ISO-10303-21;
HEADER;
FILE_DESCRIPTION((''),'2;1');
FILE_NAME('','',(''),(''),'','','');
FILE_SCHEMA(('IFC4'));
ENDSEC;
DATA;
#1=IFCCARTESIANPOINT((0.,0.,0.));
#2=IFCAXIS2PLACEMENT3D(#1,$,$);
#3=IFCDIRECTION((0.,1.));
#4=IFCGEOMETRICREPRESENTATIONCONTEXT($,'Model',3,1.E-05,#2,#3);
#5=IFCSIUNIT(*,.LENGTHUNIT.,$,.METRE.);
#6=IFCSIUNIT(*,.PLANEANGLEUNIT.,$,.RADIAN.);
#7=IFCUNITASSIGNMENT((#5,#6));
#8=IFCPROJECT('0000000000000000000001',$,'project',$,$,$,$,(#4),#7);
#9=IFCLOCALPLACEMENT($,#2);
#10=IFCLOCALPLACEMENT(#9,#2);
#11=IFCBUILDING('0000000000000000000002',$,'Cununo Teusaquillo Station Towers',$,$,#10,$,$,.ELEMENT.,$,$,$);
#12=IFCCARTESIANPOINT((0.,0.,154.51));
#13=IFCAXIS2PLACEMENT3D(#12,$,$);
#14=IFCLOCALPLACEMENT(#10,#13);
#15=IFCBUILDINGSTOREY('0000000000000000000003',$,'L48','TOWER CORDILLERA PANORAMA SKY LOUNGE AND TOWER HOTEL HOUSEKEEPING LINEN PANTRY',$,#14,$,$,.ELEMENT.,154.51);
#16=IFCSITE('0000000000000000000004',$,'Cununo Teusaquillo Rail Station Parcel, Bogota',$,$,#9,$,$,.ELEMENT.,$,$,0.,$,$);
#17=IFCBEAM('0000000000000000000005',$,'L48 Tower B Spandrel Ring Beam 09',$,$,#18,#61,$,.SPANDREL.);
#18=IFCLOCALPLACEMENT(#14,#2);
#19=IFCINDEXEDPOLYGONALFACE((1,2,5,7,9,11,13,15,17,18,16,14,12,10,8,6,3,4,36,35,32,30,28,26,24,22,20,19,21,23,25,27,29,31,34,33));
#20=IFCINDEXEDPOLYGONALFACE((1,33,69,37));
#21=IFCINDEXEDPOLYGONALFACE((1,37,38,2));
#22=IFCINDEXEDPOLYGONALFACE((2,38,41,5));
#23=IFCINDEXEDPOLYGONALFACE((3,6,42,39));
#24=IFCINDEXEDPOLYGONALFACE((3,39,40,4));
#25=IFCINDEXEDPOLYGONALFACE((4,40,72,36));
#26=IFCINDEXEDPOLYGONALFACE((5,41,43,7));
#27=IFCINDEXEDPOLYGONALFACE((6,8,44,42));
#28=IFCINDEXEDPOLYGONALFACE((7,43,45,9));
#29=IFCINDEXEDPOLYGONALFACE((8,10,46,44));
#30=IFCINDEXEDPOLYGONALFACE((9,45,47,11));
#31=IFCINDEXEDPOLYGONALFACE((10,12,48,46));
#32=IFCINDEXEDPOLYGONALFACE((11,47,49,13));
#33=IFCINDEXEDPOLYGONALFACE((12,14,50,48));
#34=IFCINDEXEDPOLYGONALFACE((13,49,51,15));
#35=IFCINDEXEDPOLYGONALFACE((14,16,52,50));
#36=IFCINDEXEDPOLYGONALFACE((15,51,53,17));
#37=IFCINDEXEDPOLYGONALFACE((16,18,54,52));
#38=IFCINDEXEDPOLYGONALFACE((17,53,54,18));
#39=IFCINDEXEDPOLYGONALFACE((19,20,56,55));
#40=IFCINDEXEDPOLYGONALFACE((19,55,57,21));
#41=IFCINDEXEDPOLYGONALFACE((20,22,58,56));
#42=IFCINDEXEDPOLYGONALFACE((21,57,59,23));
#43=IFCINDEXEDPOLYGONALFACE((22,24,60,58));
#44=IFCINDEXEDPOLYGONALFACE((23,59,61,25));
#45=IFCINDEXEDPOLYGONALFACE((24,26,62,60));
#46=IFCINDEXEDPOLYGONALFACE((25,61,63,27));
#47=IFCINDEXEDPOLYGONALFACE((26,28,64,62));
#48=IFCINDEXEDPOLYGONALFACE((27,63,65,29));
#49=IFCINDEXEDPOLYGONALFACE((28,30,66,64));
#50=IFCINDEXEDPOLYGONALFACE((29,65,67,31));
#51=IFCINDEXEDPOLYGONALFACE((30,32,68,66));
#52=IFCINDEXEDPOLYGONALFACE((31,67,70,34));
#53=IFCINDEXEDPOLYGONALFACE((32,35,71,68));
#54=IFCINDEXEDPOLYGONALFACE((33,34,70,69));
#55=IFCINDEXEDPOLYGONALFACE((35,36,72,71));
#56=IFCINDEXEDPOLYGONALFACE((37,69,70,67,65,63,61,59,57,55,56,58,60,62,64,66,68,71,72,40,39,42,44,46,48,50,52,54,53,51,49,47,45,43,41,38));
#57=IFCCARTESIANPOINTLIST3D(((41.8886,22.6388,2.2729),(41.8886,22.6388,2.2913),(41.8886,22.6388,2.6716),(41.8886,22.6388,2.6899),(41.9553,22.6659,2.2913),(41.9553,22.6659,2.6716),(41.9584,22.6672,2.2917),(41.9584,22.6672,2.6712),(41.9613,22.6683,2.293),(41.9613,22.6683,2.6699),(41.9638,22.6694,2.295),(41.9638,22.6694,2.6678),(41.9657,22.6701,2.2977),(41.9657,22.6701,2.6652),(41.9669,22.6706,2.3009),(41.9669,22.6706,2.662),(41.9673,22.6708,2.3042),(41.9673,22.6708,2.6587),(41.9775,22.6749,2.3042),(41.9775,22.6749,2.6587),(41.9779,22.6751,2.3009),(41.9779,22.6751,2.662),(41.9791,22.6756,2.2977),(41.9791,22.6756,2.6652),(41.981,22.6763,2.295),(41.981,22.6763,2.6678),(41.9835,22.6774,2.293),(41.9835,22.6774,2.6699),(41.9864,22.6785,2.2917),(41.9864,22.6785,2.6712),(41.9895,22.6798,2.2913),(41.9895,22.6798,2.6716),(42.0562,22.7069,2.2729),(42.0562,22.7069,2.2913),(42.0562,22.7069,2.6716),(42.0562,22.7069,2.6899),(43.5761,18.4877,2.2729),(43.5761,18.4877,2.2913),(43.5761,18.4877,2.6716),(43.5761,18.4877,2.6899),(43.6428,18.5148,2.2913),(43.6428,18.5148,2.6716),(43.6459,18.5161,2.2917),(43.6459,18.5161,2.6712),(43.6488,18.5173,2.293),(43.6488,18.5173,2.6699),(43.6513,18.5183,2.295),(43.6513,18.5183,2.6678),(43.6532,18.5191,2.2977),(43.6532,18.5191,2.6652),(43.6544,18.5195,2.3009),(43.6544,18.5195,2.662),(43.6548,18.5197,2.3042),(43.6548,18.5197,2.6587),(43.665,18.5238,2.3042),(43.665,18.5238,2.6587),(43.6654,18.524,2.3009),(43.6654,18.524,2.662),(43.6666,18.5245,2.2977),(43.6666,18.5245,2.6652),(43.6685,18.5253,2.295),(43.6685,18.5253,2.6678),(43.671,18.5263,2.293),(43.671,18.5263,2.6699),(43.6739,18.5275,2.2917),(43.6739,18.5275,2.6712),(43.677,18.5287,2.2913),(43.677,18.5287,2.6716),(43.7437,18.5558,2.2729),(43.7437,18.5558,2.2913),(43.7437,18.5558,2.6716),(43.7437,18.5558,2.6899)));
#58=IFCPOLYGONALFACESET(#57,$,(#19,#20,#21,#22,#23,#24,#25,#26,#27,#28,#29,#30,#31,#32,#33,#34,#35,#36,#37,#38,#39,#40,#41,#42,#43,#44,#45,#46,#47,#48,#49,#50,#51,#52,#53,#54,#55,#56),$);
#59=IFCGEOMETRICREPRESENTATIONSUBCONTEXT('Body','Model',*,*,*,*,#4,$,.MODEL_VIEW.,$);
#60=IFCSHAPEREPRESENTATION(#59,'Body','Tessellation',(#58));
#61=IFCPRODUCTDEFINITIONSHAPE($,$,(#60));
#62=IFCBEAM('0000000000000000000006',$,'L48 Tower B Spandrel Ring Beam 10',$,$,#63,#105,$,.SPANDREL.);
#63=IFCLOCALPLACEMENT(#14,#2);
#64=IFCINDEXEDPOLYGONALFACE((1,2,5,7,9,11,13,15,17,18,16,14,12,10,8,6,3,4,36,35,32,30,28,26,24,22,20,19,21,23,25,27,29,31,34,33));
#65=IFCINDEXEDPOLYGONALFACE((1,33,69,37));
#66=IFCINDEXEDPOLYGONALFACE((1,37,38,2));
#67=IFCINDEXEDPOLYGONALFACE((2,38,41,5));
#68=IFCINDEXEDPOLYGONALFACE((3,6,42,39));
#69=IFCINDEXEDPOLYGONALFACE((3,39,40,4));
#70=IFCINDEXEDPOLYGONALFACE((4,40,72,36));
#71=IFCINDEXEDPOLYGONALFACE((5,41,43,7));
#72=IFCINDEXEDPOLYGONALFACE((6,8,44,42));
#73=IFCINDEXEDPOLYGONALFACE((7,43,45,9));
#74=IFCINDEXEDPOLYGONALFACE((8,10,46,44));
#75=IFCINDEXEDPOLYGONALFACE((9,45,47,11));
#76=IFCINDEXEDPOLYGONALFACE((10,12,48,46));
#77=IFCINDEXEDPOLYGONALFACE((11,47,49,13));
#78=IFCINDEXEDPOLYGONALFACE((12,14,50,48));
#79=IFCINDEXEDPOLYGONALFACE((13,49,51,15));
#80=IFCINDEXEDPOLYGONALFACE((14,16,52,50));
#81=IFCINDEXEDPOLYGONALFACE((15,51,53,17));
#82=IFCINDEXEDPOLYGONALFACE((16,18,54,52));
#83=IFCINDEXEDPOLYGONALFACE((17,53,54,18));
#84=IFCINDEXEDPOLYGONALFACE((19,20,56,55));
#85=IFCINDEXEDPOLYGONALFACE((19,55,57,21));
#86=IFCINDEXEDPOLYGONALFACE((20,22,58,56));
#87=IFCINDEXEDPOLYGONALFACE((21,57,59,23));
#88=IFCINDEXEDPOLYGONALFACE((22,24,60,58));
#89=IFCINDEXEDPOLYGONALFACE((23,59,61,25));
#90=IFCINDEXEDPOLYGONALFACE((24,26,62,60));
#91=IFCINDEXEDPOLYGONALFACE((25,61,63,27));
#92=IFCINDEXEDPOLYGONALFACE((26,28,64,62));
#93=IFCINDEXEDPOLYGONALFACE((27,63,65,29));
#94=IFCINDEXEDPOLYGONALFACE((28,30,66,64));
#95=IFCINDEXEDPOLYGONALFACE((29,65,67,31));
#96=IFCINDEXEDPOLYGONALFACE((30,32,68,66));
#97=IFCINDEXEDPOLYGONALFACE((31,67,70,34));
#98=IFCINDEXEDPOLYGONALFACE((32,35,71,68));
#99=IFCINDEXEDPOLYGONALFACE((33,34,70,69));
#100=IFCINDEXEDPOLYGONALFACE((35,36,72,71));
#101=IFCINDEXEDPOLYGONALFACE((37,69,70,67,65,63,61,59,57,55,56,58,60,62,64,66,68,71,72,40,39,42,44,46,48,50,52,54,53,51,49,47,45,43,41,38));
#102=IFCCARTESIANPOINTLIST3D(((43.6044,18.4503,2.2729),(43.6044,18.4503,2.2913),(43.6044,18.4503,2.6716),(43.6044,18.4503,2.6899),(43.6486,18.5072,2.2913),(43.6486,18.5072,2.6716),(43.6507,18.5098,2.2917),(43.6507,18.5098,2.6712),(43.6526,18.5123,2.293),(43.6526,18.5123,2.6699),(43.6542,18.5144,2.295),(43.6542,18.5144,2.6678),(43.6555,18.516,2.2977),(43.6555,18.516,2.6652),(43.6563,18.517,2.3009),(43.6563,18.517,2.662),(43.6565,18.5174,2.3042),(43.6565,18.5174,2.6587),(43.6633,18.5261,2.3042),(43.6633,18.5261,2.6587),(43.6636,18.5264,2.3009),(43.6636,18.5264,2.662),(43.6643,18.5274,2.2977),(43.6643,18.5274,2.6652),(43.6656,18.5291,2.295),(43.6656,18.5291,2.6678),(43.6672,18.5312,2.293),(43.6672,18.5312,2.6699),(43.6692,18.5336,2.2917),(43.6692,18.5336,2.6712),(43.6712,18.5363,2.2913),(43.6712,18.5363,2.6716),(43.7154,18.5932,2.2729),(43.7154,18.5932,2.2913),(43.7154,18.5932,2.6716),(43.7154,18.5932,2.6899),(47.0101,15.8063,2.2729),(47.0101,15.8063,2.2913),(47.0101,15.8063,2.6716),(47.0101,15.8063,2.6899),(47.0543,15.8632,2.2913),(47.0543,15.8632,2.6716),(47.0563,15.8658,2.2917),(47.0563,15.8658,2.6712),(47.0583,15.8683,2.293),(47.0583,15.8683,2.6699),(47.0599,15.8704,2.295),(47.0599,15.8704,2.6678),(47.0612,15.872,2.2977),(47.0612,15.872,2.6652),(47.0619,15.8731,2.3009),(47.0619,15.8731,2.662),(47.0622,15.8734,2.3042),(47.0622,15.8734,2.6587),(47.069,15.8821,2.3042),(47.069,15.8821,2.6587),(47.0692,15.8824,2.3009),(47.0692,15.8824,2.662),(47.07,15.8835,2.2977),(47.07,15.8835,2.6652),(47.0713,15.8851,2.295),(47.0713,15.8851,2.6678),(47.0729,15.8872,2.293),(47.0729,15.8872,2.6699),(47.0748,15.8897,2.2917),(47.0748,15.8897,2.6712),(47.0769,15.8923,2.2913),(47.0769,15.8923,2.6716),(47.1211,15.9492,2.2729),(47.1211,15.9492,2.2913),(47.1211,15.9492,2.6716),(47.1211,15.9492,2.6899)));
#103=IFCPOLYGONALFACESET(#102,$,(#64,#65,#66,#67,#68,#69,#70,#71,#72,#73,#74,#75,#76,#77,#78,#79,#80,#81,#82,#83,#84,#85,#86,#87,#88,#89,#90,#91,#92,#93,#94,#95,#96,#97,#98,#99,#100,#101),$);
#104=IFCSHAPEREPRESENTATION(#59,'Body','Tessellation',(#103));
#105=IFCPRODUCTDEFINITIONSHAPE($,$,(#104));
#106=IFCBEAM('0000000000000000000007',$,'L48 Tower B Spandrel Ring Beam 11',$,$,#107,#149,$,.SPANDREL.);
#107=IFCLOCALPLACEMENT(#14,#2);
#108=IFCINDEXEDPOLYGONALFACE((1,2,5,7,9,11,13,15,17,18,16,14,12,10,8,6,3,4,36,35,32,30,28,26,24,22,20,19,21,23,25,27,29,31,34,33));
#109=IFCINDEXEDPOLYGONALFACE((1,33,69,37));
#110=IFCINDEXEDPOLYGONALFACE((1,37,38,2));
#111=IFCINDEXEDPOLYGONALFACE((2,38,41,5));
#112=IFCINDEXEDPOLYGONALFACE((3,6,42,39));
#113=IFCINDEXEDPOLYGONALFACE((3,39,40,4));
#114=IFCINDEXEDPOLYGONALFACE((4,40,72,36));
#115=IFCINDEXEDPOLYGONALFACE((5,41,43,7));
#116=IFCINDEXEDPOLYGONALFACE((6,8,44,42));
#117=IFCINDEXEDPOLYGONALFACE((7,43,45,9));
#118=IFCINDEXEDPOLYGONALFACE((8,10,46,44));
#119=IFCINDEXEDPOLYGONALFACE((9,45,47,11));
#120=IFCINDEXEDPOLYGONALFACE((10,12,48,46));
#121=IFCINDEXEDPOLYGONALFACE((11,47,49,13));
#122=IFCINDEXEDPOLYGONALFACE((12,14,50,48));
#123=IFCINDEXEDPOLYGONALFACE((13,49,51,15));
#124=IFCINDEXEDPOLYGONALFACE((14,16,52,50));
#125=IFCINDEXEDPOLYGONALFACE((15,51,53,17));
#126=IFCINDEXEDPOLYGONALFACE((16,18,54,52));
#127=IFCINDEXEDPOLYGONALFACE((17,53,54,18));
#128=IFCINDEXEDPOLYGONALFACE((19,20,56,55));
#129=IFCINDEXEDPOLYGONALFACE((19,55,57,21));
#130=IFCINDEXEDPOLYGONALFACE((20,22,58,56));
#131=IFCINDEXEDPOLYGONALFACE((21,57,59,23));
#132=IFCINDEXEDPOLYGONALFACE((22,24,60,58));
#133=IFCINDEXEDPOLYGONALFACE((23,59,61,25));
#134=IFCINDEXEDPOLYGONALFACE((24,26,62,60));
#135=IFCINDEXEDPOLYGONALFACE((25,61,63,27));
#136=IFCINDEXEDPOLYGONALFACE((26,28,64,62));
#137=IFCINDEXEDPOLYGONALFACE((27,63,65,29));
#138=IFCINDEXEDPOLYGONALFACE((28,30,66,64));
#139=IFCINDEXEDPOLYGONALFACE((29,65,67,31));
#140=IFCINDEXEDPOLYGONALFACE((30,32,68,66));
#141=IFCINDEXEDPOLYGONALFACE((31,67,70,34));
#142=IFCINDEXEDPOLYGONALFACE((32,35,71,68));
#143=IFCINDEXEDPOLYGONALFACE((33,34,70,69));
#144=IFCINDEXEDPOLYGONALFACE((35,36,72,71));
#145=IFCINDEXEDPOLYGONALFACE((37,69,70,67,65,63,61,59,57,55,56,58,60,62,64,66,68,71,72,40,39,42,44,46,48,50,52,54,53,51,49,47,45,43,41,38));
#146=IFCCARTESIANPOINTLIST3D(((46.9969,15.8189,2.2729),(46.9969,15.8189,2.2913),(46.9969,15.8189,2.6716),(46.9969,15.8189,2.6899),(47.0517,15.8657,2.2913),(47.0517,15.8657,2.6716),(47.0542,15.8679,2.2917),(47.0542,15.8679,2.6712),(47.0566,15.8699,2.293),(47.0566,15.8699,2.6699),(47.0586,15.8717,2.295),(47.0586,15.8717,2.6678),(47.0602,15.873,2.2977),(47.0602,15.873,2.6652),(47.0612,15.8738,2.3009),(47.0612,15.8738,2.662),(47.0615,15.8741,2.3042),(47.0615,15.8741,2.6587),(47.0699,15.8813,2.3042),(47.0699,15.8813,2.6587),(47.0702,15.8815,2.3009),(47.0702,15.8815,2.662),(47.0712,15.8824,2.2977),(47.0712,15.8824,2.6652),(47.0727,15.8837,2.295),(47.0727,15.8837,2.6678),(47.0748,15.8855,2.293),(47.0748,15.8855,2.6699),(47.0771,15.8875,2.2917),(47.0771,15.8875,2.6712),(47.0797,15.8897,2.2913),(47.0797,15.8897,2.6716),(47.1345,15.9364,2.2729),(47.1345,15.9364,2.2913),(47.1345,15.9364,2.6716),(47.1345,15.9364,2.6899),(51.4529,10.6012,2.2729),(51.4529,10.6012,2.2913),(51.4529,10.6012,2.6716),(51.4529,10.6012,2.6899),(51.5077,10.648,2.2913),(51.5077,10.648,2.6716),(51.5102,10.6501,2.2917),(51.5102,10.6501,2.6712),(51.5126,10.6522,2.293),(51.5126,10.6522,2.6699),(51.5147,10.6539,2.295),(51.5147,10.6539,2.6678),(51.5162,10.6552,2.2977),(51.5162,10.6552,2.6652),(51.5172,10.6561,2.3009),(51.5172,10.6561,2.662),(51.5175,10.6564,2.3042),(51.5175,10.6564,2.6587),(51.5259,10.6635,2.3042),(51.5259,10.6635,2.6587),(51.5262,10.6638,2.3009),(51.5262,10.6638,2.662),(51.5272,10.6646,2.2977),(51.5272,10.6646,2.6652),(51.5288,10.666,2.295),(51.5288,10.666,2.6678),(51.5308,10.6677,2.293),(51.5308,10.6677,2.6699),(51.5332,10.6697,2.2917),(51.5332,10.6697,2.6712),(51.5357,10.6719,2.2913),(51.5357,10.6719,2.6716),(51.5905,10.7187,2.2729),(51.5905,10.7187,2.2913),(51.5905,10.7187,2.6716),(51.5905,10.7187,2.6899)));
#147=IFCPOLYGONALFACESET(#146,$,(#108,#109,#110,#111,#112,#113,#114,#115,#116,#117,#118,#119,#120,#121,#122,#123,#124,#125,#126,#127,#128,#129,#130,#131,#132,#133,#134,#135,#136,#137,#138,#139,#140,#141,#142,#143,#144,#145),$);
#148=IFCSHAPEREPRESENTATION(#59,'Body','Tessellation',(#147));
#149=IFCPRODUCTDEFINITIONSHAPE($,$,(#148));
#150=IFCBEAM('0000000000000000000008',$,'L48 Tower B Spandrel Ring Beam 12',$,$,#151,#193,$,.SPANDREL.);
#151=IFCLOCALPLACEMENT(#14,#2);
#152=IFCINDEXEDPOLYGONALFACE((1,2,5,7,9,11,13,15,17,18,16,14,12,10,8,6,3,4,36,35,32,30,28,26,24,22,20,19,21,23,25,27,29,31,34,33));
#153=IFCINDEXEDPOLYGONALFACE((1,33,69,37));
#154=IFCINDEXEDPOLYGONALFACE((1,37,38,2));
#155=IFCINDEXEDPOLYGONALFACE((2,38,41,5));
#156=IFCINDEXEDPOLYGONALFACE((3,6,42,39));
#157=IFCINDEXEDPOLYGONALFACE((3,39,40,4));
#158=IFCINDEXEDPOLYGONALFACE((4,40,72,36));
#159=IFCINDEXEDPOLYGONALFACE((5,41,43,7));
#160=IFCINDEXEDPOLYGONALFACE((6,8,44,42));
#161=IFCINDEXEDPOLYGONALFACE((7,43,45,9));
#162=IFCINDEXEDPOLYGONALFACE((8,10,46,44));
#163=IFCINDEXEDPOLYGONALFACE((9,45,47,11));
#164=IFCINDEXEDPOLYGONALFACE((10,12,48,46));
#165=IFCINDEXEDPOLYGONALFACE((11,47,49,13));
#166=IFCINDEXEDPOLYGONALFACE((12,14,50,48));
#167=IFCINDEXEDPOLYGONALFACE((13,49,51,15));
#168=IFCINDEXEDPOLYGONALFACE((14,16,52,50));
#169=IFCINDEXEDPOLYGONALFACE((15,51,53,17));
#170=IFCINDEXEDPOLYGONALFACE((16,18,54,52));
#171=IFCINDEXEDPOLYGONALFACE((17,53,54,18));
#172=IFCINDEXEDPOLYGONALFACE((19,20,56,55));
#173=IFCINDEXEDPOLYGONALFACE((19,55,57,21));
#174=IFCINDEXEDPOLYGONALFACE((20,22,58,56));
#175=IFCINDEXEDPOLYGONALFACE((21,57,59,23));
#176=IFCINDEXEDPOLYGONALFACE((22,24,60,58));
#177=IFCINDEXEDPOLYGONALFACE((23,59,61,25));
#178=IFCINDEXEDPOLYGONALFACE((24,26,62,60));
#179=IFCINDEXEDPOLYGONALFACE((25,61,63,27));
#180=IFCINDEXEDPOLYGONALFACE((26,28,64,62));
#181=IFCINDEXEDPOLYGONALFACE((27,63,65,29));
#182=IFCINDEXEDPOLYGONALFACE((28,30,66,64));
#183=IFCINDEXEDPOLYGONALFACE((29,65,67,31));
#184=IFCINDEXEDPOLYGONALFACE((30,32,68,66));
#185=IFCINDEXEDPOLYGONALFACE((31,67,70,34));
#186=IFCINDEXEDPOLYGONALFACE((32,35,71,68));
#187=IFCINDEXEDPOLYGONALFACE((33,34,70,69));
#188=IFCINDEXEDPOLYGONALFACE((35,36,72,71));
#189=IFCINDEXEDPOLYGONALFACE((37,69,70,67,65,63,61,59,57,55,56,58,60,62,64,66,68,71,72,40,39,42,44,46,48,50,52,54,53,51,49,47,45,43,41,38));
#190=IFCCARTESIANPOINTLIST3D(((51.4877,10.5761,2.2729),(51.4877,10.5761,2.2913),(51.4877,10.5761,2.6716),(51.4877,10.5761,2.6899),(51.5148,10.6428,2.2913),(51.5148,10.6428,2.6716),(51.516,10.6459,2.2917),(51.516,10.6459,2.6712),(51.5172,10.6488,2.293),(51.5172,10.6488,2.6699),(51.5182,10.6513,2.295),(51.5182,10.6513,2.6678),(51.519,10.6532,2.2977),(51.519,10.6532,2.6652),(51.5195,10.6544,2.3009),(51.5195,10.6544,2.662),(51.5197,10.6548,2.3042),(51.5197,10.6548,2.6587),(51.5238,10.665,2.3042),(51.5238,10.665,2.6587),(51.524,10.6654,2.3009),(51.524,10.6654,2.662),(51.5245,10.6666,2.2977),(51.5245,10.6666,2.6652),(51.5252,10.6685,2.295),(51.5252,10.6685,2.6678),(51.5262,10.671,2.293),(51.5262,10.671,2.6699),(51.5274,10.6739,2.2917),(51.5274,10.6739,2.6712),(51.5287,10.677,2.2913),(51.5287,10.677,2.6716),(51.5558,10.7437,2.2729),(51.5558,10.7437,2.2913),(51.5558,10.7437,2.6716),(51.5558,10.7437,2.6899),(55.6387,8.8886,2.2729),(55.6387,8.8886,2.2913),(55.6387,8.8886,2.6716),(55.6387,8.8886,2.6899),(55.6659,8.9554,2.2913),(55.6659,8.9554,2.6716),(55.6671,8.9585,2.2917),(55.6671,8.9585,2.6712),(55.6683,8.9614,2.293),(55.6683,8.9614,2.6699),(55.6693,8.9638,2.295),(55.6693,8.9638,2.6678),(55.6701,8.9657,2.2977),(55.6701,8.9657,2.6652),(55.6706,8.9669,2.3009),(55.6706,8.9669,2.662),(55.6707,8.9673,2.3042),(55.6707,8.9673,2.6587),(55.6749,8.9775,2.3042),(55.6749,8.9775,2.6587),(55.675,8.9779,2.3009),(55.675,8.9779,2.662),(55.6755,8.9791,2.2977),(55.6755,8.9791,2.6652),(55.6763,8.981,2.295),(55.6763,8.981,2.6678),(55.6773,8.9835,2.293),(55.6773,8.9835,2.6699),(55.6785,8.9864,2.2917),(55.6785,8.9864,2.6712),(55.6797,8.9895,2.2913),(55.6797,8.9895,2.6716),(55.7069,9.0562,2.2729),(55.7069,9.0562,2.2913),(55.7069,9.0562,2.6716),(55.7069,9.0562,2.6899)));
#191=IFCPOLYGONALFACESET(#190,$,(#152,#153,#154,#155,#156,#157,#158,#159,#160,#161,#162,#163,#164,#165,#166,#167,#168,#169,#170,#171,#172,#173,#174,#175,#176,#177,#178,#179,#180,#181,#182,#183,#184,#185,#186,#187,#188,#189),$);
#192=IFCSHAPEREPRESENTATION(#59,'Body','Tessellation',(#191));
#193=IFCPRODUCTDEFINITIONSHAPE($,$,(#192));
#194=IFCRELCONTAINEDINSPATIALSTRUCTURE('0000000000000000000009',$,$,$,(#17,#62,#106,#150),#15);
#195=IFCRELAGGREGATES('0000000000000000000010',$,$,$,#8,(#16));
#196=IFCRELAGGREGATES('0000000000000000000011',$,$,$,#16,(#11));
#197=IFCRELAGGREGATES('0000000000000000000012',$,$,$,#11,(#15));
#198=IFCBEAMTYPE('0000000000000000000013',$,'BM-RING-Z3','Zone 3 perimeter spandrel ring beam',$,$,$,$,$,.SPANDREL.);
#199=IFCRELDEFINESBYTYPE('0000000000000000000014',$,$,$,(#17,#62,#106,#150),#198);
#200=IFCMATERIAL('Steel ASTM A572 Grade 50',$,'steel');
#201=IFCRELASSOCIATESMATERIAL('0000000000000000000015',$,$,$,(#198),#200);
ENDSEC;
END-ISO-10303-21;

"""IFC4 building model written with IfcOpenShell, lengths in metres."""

from ifc_helpers import new_model, si_unit, direction, frame, origin, origin_2d, place, context, subcontext, project, spatial, i_section, extrude, material, material_profile, profile_set, type_object, element, save


model = new_model("IFC4")

# Units and contexts
model_context = context("Model", 3, precision=1e-05, world=origin(), true_north=direction((0.0, 1.0)))
body_context = subcontext(model_context, "Body", "Model", "MODEL_VIEW")
ifc_project = project(units=[si_unit("LENGTHUNIT", "METRE"), si_unit("PLANEANGLEUNIT", "RADIAN")], contexts=[model_context])

# Site, building, storey
site_placement = place(None, origin())
site = spatial("IfcSite", under=ifc_project, at=site_placement, Name="Cununo Teusaquillo Rail Station Parcel, Bogota", CompositionType="ELEMENT", RefElevation=0.0)
building_placement = place(site_placement, origin())
building = spatial("IfcBuilding", under=site, at=building_placement, Name="Cununo Teusaquillo Station Towers", CompositionType="ELEMENT")
storey_placement = place(building_placement, frame((0.0, 0.0, 154.51)))
storey = spatial("IfcBuildingStorey", under=building, at=storey_placement, Name="L48", Description="TOWER CORDILLERA PANORAMA SKY LOUNGE AND TOWER HOTEL HOUSEKEEPING LINEN PANTRY", CompositionType="ELEMENT", Elevation=154.51)

# Beams
ifc_material_1 = material(Name="Steel ASTM A572 Grade 50", Category="steel")
ifc_material_profile_1 = material_profile(ifc_material_1, i_section(OverallWidth=0.1809, OverallDepth=0.417, WebThickness=0.011, FlangeThickness=0.0183, FilletRadius=0.0129, at=origin_2d()), Name="W16X57")
ifc_profile_set_1 = profile_set([ifc_material_profile_1], Name="Steel ASTM A572 Grade 50")
beam_type_1 = type_object("IfcBeamType", Name="BM-RING-Z3", Description="Zone 3 perimeter spandrel ring beam", PredefinedType="SPANDREL", material=ifc_profile_set_1)
beam_1_placement = place(storey_placement, frame((41.9724, 22.6729, 2.4814), z_axis=(0.376589, -0.92638, 0.0), x_axis=(0.92638, 0.376589, 0.0)))
element("IfcBeam", 1, at=beam_1_placement, inside=storey, type_object=beam_type_1, Name="L48 Tower B Spandrel Ring Beam 09", PredefinedType="SPANDREL", context=body_context, shape_type="SweptSolid", body=[
    extrude(i_section(OverallWidth=0.1809, OverallDepth=0.417, WebThickness=0.011, FlangeThickness=0.0183, FilletRadius=0.0129, at=origin_2d()), origin(), (0.0, 0.0, 1.0), 4.481),
])
beam_2_placement = place(storey_placement, frame((43.6599, 18.5217, 2.4814), z_axis=(0.789901, -0.613235, 0.0), x_axis=(0.613235, 0.789901, 0.0)))
element("IfcBeam", 2, at=beam_2_placement, inside=storey, type_object=beam_type_1, Name="L48 Tower B Spandrel Ring Beam 10", PredefinedType="SPANDREL", context=body_context, shape_type="SweptSolid", body=[
    extrude(i_section(OverallWidth=0.1809, OverallDepth=0.417, WebThickness=0.011, FlangeThickness=0.0183, FilletRadius=0.0129, at=origin_2d()), origin(), (0.0, 0.0, 1.0), 4.3115),
])
beam_3_placement = place(storey_placement, frame((47.0657, 15.8777, 2.4814), z_axis=(0.649419, -0.760431, 0.0), x_axis=(0.760431, 0.649419, 0.0)))
element("IfcBeam", 3, at=beam_3_placement, inside=storey, type_object=beam_type_1, Name="L48 Tower B Spandrel Ring Beam 11", PredefinedType="SPANDREL", context=body_context, shape_type="SweptSolid", body=[
    extrude(i_section(OverallWidth=0.1809, OverallDepth=0.417, WebThickness=0.011, FlangeThickness=0.0183, FilletRadius=0.0129, at=origin_2d()), origin(), (0.0, 0.0, 1.0), 6.8616),
])
beam_4_placement = place(storey_placement, frame((51.5217, 10.6599, 2.4814), z_axis=(0.92638, -0.376589, 0.0), x_axis=(0.376589, 0.92638, 0.0)))
element("IfcBeam", 4, at=beam_4_placement, inside=storey, type_object=beam_type_1, Name="L48 Tower B Spandrel Ring Beam 12", PredefinedType="SPANDREL", context=body_context, shape_type="SweptSolid", body=[
    extrude(i_section(OverallWidth=0.1809, OverallDepth=0.417, WebThickness=0.011, FlangeThickness=0.0183, FilletRadius=0.0129, at=origin_2d()), origin(), (0.0, 0.0, 1.0), 4.481),
])

save(model, "model.ifc")
